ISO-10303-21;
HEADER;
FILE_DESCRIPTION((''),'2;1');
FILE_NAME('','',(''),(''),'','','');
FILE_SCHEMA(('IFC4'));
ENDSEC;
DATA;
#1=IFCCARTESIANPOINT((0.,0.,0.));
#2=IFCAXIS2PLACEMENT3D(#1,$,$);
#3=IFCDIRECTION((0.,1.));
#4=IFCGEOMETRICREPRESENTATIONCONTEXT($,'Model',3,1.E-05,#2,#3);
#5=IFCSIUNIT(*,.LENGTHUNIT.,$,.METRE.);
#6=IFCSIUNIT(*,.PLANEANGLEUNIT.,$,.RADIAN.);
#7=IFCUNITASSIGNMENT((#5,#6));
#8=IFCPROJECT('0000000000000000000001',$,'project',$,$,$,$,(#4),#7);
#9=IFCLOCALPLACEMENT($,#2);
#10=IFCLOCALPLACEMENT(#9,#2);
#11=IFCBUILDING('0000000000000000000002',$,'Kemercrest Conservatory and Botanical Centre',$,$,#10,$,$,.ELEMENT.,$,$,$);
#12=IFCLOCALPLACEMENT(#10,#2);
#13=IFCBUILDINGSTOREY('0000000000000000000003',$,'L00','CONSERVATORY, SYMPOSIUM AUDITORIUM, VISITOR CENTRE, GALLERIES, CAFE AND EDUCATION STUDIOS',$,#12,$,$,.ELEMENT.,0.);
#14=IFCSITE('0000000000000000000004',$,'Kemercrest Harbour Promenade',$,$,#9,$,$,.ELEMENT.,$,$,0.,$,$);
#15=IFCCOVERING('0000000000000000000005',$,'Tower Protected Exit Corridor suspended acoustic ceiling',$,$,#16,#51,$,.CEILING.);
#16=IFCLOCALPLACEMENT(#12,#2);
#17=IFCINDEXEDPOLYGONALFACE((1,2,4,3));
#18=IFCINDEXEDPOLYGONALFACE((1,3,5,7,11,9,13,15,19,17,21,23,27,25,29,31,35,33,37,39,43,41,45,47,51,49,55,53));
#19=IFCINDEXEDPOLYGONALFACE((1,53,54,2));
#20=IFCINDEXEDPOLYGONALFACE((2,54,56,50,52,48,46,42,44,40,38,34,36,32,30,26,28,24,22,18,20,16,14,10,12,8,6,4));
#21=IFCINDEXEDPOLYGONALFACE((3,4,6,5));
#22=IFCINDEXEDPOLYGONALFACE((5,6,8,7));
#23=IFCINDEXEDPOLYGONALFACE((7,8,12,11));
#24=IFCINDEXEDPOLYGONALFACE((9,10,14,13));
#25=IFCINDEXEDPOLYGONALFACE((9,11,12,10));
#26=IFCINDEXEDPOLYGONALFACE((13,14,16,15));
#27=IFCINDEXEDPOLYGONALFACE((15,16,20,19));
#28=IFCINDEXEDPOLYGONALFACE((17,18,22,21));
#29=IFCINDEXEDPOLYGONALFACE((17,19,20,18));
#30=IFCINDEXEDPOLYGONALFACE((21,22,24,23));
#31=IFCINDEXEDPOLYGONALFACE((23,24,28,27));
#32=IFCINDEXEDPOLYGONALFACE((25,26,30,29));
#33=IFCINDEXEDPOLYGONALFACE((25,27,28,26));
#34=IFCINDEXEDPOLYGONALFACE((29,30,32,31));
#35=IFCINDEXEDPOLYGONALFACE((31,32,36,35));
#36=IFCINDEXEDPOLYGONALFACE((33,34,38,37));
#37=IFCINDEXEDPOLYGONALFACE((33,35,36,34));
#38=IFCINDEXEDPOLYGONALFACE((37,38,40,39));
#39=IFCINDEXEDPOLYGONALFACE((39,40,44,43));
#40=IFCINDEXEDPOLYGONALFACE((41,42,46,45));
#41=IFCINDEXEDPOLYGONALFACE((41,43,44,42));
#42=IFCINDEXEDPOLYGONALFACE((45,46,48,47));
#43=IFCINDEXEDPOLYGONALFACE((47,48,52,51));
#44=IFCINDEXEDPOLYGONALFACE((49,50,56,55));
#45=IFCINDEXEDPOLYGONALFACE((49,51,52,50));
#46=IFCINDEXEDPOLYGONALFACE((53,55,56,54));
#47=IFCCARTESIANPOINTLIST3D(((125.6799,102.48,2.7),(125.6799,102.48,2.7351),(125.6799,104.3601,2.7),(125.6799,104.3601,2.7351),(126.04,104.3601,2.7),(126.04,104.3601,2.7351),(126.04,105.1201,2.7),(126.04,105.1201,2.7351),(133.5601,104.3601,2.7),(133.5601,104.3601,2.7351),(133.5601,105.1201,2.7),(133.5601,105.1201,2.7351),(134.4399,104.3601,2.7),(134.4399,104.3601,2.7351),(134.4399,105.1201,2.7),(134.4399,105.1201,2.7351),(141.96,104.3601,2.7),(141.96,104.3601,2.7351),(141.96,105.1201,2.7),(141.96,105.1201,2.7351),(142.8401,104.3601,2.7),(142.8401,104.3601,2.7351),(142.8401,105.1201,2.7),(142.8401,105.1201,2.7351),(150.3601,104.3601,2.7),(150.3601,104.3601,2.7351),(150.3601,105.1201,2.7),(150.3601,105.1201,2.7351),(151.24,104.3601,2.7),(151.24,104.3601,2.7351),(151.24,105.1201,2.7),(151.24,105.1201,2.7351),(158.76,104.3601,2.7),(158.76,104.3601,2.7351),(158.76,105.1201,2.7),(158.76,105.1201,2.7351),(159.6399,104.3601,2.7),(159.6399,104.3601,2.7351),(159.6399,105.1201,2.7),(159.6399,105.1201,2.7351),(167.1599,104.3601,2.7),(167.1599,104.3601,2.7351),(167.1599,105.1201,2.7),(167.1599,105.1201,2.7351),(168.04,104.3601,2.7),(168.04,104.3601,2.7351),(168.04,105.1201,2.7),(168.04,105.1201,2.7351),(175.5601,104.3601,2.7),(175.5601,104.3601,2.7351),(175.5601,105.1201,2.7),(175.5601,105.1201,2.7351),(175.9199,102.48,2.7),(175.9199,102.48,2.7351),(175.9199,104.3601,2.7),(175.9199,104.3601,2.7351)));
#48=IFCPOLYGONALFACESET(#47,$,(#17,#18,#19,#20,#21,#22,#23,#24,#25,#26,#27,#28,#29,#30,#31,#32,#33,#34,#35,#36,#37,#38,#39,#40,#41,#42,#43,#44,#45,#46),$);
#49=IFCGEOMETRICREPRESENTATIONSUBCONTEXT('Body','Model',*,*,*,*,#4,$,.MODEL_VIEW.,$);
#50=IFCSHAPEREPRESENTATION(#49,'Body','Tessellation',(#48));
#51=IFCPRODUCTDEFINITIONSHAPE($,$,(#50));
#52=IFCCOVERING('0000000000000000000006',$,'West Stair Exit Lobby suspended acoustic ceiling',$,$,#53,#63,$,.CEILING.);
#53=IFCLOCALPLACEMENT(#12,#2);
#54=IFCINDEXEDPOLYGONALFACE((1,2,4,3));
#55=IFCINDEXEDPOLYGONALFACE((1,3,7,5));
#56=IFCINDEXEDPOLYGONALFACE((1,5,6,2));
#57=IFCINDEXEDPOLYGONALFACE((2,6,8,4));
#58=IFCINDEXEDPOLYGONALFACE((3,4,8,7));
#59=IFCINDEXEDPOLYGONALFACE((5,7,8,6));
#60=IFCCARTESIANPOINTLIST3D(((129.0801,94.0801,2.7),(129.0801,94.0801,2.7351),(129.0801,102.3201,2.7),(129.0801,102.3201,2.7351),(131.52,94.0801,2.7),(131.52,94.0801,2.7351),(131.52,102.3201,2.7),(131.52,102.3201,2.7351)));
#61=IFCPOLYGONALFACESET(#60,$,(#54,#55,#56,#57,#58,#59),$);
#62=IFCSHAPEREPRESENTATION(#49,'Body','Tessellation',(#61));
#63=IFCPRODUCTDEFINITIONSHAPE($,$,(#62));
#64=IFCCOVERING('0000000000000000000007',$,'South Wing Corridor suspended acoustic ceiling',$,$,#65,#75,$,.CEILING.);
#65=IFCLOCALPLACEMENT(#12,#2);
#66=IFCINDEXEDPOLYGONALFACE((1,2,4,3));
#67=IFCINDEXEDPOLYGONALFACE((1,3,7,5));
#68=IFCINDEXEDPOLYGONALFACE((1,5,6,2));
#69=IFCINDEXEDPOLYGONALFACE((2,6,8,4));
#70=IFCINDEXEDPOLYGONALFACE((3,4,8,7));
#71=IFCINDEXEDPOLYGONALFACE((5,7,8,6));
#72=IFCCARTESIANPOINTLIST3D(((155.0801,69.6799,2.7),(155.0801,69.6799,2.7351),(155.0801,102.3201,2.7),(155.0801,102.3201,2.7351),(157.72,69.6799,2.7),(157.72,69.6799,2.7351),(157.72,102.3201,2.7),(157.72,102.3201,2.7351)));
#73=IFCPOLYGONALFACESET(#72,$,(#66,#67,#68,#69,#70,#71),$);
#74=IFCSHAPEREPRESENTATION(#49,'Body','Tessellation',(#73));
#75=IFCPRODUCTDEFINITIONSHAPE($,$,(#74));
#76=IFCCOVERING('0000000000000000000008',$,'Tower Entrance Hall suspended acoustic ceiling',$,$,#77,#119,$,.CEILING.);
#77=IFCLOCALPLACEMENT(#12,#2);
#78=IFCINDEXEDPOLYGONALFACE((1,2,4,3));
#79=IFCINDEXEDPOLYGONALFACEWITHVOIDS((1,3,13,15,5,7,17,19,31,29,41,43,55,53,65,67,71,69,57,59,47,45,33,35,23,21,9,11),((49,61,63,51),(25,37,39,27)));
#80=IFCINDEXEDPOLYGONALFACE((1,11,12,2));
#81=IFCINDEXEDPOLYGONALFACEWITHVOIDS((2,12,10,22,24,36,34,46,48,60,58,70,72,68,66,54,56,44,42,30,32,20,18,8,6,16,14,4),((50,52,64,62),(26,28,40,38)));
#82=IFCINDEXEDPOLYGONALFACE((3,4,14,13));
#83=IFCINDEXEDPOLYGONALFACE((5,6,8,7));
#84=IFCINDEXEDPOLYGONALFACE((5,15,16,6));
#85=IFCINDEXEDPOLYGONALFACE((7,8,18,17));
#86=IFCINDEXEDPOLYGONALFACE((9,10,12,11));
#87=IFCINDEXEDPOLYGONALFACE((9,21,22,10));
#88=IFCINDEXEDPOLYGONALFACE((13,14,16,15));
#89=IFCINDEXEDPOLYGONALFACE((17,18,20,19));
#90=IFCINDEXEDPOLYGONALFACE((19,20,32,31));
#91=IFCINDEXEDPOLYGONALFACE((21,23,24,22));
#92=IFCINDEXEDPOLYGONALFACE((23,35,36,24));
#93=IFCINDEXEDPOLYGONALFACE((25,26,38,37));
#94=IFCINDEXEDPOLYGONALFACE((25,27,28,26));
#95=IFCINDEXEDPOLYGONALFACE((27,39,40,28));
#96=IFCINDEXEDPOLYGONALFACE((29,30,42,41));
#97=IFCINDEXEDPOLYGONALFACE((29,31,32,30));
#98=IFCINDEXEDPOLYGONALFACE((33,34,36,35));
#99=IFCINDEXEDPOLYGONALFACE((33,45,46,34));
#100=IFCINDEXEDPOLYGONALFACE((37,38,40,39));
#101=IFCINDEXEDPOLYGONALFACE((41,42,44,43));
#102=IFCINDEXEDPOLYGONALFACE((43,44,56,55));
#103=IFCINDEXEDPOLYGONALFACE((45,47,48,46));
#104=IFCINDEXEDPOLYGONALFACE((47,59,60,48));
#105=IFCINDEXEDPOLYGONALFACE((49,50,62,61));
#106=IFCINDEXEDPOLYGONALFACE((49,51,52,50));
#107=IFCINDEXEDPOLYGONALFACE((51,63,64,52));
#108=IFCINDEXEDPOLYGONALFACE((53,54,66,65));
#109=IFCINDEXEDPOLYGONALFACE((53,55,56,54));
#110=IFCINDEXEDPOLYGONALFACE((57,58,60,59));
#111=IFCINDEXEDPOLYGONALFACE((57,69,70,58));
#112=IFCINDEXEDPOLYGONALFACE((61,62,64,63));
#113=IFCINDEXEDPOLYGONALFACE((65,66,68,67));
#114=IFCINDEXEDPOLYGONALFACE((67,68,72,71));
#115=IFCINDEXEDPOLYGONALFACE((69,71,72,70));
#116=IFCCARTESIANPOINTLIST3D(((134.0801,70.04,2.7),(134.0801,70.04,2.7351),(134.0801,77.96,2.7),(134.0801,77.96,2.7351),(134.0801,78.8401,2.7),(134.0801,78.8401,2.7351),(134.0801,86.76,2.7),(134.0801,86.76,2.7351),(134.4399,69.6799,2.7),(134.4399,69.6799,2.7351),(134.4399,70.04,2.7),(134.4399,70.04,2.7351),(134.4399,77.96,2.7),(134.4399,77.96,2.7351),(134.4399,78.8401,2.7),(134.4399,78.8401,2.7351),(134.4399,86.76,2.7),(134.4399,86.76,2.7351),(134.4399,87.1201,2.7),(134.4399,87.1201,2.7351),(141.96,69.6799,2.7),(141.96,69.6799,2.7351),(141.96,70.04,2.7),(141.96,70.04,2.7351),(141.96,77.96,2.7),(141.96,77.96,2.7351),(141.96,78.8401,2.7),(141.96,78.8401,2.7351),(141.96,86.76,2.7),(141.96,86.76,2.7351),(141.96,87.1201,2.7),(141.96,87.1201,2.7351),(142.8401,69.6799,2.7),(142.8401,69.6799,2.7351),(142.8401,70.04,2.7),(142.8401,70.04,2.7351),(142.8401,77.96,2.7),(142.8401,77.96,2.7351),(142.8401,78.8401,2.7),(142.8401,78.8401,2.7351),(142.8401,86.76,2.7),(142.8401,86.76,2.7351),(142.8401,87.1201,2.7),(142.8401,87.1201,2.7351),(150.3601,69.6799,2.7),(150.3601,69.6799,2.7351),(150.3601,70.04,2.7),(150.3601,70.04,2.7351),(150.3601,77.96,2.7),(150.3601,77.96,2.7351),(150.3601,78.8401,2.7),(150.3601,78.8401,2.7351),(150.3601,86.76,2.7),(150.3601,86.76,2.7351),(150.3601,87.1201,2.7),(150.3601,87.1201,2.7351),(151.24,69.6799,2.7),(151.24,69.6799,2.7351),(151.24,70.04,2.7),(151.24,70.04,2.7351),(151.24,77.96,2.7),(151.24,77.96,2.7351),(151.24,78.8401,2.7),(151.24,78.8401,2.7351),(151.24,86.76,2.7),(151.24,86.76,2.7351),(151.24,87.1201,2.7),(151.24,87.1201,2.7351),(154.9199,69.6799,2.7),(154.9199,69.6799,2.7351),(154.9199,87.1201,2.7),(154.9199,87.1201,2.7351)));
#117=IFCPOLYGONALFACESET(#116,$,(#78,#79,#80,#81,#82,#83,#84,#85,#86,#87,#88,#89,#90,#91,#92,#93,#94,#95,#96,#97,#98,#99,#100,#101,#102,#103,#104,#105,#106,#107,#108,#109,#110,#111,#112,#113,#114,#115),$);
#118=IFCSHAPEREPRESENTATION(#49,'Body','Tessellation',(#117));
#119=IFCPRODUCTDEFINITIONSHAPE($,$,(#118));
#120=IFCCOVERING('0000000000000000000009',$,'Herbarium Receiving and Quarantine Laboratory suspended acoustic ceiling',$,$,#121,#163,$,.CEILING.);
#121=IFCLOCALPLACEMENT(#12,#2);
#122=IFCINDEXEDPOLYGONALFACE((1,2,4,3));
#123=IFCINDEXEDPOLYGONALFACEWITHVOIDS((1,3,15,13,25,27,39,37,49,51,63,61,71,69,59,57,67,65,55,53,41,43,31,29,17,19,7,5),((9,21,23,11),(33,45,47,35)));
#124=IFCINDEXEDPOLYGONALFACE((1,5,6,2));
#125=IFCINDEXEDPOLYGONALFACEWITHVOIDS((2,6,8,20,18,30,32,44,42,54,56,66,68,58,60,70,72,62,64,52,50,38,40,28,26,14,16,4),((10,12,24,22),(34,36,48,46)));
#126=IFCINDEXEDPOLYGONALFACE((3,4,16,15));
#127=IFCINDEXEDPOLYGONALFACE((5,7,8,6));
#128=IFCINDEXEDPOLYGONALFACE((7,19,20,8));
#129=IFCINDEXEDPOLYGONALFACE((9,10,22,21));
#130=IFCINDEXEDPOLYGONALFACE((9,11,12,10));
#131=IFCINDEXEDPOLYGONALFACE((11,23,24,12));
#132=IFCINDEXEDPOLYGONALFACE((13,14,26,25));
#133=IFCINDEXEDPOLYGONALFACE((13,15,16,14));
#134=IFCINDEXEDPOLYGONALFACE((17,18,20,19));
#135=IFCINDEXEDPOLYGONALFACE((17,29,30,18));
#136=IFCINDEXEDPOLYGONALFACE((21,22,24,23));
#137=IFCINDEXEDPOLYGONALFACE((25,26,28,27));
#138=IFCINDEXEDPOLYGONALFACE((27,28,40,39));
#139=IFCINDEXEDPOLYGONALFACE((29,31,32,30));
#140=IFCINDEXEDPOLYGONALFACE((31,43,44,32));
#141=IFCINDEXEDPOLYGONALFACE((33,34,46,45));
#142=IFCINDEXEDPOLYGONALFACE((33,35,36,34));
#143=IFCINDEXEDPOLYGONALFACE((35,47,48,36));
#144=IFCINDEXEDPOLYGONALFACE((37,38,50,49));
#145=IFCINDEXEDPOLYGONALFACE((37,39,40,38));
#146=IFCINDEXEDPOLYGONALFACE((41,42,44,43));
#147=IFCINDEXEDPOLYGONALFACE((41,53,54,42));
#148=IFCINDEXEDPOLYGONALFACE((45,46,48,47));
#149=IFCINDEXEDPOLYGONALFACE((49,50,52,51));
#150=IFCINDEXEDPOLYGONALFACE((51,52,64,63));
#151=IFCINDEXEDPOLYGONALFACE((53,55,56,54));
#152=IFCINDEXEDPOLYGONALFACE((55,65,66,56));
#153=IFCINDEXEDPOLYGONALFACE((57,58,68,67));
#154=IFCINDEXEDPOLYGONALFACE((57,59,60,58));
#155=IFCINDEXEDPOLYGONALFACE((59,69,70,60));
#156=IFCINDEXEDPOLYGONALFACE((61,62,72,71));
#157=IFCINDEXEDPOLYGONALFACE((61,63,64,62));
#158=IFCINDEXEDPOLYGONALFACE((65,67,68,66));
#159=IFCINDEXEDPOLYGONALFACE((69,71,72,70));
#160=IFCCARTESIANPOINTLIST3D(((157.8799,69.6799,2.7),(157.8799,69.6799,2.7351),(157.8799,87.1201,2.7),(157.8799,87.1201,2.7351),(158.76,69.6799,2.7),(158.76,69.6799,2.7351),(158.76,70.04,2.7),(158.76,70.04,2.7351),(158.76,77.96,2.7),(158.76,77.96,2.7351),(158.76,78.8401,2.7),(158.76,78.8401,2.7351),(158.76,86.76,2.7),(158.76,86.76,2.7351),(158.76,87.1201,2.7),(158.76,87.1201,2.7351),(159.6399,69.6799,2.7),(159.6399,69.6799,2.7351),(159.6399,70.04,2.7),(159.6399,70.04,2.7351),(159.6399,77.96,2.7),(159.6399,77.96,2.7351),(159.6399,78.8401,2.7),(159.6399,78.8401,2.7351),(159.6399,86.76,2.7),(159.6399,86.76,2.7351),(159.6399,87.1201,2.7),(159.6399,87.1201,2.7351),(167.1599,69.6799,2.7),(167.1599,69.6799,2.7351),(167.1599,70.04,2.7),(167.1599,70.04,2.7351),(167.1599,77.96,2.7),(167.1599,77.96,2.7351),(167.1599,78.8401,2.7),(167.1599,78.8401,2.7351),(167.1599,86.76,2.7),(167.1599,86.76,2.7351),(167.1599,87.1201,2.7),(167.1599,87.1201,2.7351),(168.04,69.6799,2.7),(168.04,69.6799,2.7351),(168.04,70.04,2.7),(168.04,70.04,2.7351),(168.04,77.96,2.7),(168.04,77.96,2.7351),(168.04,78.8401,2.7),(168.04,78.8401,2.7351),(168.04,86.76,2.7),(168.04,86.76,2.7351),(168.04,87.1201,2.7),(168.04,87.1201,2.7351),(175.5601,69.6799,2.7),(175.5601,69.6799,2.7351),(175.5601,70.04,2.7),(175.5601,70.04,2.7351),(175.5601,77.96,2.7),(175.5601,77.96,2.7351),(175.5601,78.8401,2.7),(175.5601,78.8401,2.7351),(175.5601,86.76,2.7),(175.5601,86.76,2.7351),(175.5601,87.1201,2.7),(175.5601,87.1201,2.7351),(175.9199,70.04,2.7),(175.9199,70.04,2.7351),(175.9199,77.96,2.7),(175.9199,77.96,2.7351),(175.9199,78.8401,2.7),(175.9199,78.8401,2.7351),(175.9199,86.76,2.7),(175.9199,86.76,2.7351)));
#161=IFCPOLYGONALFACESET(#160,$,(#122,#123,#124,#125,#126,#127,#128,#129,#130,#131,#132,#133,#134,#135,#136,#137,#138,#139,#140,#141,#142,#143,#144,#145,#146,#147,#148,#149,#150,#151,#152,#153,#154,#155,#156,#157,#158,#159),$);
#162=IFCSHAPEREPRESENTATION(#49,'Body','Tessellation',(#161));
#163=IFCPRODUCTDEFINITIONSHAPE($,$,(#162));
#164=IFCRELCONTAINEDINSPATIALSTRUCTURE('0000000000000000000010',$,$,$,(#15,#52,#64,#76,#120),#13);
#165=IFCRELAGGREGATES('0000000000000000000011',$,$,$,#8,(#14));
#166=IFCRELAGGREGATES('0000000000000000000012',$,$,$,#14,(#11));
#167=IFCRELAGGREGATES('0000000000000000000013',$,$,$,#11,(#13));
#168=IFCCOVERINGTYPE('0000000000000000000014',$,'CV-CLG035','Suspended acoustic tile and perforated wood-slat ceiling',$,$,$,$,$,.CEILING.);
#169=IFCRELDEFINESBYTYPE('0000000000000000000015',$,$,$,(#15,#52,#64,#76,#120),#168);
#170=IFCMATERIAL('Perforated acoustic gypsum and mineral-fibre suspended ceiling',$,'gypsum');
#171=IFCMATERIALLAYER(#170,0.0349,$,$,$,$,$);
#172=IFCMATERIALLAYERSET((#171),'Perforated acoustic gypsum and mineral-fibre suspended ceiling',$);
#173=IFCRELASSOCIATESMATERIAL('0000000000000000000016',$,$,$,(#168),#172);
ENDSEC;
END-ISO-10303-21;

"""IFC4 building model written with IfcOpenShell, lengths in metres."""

from ifc_helpers import new_model, si_unit, direction, frame, origin, place, context, subcontext, project, spatial, polyline, outline, extrude, material, layer, layer_set, type_object, element, save


model = new_model("IFC4")

# Units and contexts
model_context = context("Model", 3, precision=1e-05, world=origin(), true_north=direction((0.0, 1.0)))
body_context = subcontext(model_context, "Body", "Model", "MODEL_VIEW")
ifc_project = project(units=[si_unit("LENGTHUNIT", "METRE"), si_unit("PLANEANGLEUNIT", "RADIAN")], contexts=[model_context])

# Site, building, storey
site_placement = place(None, origin())
site = spatial("IfcSite", under=ifc_project, at=site_placement, Name="Kemercrest Harbour Promenade", CompositionType="ELEMENT", RefElevation=0.0)
building_placement = place(site_placement, origin())
building = spatial("IfcBuilding", under=site, at=building_placement, Name="Kemercrest Conservatory and Botanical Centre", CompositionType="ELEMENT")
storey_placement = place(building_placement, origin())
storey = spatial("IfcBuildingStorey", under=building, at=storey_placement, Name="L00", Description="CONSERVATORY, SYMPOSIUM AUDITORIUM, VISITOR CENTRE, GALLERIES, CAFE AND EDUCATION STUDIOS", CompositionType="ELEMENT", Elevation=0.0)

# Coverings
ifc_material = material(Name="Perforated acoustic gypsum and mineral-fibre suspended ceiling", Category="gypsum")
ifc_layer = layer(ifc_material, 0.0349)
ifc_layer_set = layer_set([ifc_layer], Name="Perforated acoustic gypsum and mineral-fibre suspended ceiling")
covering_type = type_object("IfcCoveringType", Name="CV-CLG035", Description="Suspended acoustic tile and perforated wood-slat ceiling", PredefinedType="CEILING", material=ifc_layer_set)
covering_1_placement = place(storey_placement, frame((0.0, 0.0, 2.7)))
element("IfcCovering", 1, at=covering_1_placement, inside=storey, type_object=covering_type, Name="Tower Protected Exit Corridor suspended acoustic ceiling", PredefinedType="CEILING", context=body_context, shape_type="SweptSolid", body=[
    extrude(outline(polyline([(125.6799, 102.48), (175.9199, 102.48), (175.9199, 104.3601), (175.5601, 104.3601), (175.5601, 105.1201), (168.04, 105.1201), (168.04, 104.3601), (167.1599, 104.3601), (167.1599, 105.1201), (159.6399, 105.1201), (159.6399, 104.3601), (158.76, 104.3601), (158.76, 105.1201), (151.24, 105.1201), (151.24, 104.3601), (150.3601, 104.3601), (150.3601, 105.1201), (142.8401, 105.1201), (142.8401, 104.3601), (141.96, 104.3601), (141.96, 105.1201), (134.4399, 105.1201), (134.4399, 104.3601), (133.5601, 104.3601), (133.5601, 105.1201), (126.04, 105.1201), (126.04, 104.3601), (125.6799, 104.3601), (125.6799, 102.48)])), origin(), (0.0, 0.0, 1.0), 0.0352),
])
covering_2_placement = place(storey_placement, frame((0.0, 0.0, 2.7)))
element("IfcCovering", 2, at=covering_2_placement, inside=storey, type_object=covering_type, Name="West Stair Exit Lobby suspended acoustic ceiling", PredefinedType="CEILING", context=body_context, shape_type="SweptSolid", body=[
    extrude(outline(polyline([(129.0801, 94.0801), (131.52, 94.0801), (131.52, 102.3201), (129.0801, 102.3201), (129.0801, 94.0801)])), origin(), (0.0, 0.0, 1.0), 0.0352),
])
covering_3_placement = place(storey_placement, frame((0.0, 0.0, 2.7)))
element("IfcCovering", 3, at=covering_3_placement, inside=storey, type_object=covering_type, Name="South Wing Corridor suspended acoustic ceiling", PredefinedType="CEILING", context=body_context, shape_type="SweptSolid", body=[
    extrude(outline(polyline([(155.0801, 69.6799), (157.72, 69.6799), (157.72, 102.3201), (155.0801, 102.3201), (155.0801, 69.6799)])), origin(), (0.0, 0.0, 1.0), 0.0352),
])
covering_4_placement = place(storey_placement, frame((0.0, 0.0, 2.7)))
element("IfcCovering", 4, at=covering_4_placement, inside=storey, type_object=covering_type, Name="Tower Entrance Hall suspended acoustic ceiling", PredefinedType="CEILING", context=body_context, shape_type="SweptSolid", body=[
    extrude(outline(polyline([(150.3601, 70.04), (151.24, 70.04), (151.24, 69.6799), (154.9199, 69.6799), (154.9199, 87.1201), (151.24, 87.1201), (151.24, 86.76), (150.3601, 86.76), (150.3601, 87.1201), (142.8401, 87.1201), (142.8401, 86.76), (141.96, 86.76), (141.96, 87.1201), (134.4399, 87.1201), (134.4399, 86.76), (134.0801, 86.76), (134.0801, 78.8401), (134.4399, 78.8401), (134.4399, 77.96), (134.0801, 77.96), (134.0801, 70.04), (134.4399, 70.04), (134.4399, 69.6799), (141.96, 69.6799), (141.96, 70.04), (142.8401, 70.04), (142.8401, 69.6799), (150.3601, 69.6799), (150.3601, 70.04)]), holes=[polyline([(150.3601, 77.96), (150.3601, 78.8401), (151.24, 78.8401), (151.24, 77.96), (150.3601, 77.96)]), polyline([(141.96, 77.96), (141.96, 78.8401), (142.8401, 78.8401), (142.8401, 77.96), (141.96, 77.96)])]), origin(), (0.0, 0.0, 1.0), 0.0352),
])
covering_5_placement = place(storey_placement, frame((0.0, 0.0, 2.7)))
element("IfcCovering", 5, at=covering_5_placement, inside=storey, type_object=covering_type, Name="Herbarium Receiving and Quarantine Laboratory suspended acoustic ceiling", PredefinedType="CEILING", context=body_context, shape_type="SweptSolid", body=[
    extrude(outline(polyline([(167.1599, 70.04), (168.04, 70.04), (168.04, 69.6799), (175.5601, 69.6799), (175.5601, 70.04), (175.9199, 70.04), (175.9199, 77.96), (175.5601, 77.96), (175.5601, 78.8401), (175.9199, 78.8401), (175.9199, 86.76), (175.5601, 86.76), (175.5601, 87.1201), (168.04, 87.1201), (168.04, 86.76), (167.1599, 86.76), (167.1599, 87.1201), (159.6399, 87.1201), (159.6399, 86.76), (158.76, 86.76), (158.76, 87.1201), (157.8799, 87.1201), (157.8799, 69.6799), (158.76, 69.6799), (158.76, 70.04), (159.6399, 70.04), (159.6399, 69.6799), (167.1599, 69.6799), (167.1599, 70.04)]), holes=[polyline([(167.1599, 77.96), (167.1599, 78.8401), (168.04, 78.8401), (168.04, 77.96), (167.1599, 77.96)]), polyline([(158.76, 77.96), (158.76, 78.8401), (159.6399, 78.8401), (159.6399, 77.96), (158.76, 77.96)])]), origin(), (0.0, 0.0, 1.0), 0.0352),
])

save(model, "model.ifc")
